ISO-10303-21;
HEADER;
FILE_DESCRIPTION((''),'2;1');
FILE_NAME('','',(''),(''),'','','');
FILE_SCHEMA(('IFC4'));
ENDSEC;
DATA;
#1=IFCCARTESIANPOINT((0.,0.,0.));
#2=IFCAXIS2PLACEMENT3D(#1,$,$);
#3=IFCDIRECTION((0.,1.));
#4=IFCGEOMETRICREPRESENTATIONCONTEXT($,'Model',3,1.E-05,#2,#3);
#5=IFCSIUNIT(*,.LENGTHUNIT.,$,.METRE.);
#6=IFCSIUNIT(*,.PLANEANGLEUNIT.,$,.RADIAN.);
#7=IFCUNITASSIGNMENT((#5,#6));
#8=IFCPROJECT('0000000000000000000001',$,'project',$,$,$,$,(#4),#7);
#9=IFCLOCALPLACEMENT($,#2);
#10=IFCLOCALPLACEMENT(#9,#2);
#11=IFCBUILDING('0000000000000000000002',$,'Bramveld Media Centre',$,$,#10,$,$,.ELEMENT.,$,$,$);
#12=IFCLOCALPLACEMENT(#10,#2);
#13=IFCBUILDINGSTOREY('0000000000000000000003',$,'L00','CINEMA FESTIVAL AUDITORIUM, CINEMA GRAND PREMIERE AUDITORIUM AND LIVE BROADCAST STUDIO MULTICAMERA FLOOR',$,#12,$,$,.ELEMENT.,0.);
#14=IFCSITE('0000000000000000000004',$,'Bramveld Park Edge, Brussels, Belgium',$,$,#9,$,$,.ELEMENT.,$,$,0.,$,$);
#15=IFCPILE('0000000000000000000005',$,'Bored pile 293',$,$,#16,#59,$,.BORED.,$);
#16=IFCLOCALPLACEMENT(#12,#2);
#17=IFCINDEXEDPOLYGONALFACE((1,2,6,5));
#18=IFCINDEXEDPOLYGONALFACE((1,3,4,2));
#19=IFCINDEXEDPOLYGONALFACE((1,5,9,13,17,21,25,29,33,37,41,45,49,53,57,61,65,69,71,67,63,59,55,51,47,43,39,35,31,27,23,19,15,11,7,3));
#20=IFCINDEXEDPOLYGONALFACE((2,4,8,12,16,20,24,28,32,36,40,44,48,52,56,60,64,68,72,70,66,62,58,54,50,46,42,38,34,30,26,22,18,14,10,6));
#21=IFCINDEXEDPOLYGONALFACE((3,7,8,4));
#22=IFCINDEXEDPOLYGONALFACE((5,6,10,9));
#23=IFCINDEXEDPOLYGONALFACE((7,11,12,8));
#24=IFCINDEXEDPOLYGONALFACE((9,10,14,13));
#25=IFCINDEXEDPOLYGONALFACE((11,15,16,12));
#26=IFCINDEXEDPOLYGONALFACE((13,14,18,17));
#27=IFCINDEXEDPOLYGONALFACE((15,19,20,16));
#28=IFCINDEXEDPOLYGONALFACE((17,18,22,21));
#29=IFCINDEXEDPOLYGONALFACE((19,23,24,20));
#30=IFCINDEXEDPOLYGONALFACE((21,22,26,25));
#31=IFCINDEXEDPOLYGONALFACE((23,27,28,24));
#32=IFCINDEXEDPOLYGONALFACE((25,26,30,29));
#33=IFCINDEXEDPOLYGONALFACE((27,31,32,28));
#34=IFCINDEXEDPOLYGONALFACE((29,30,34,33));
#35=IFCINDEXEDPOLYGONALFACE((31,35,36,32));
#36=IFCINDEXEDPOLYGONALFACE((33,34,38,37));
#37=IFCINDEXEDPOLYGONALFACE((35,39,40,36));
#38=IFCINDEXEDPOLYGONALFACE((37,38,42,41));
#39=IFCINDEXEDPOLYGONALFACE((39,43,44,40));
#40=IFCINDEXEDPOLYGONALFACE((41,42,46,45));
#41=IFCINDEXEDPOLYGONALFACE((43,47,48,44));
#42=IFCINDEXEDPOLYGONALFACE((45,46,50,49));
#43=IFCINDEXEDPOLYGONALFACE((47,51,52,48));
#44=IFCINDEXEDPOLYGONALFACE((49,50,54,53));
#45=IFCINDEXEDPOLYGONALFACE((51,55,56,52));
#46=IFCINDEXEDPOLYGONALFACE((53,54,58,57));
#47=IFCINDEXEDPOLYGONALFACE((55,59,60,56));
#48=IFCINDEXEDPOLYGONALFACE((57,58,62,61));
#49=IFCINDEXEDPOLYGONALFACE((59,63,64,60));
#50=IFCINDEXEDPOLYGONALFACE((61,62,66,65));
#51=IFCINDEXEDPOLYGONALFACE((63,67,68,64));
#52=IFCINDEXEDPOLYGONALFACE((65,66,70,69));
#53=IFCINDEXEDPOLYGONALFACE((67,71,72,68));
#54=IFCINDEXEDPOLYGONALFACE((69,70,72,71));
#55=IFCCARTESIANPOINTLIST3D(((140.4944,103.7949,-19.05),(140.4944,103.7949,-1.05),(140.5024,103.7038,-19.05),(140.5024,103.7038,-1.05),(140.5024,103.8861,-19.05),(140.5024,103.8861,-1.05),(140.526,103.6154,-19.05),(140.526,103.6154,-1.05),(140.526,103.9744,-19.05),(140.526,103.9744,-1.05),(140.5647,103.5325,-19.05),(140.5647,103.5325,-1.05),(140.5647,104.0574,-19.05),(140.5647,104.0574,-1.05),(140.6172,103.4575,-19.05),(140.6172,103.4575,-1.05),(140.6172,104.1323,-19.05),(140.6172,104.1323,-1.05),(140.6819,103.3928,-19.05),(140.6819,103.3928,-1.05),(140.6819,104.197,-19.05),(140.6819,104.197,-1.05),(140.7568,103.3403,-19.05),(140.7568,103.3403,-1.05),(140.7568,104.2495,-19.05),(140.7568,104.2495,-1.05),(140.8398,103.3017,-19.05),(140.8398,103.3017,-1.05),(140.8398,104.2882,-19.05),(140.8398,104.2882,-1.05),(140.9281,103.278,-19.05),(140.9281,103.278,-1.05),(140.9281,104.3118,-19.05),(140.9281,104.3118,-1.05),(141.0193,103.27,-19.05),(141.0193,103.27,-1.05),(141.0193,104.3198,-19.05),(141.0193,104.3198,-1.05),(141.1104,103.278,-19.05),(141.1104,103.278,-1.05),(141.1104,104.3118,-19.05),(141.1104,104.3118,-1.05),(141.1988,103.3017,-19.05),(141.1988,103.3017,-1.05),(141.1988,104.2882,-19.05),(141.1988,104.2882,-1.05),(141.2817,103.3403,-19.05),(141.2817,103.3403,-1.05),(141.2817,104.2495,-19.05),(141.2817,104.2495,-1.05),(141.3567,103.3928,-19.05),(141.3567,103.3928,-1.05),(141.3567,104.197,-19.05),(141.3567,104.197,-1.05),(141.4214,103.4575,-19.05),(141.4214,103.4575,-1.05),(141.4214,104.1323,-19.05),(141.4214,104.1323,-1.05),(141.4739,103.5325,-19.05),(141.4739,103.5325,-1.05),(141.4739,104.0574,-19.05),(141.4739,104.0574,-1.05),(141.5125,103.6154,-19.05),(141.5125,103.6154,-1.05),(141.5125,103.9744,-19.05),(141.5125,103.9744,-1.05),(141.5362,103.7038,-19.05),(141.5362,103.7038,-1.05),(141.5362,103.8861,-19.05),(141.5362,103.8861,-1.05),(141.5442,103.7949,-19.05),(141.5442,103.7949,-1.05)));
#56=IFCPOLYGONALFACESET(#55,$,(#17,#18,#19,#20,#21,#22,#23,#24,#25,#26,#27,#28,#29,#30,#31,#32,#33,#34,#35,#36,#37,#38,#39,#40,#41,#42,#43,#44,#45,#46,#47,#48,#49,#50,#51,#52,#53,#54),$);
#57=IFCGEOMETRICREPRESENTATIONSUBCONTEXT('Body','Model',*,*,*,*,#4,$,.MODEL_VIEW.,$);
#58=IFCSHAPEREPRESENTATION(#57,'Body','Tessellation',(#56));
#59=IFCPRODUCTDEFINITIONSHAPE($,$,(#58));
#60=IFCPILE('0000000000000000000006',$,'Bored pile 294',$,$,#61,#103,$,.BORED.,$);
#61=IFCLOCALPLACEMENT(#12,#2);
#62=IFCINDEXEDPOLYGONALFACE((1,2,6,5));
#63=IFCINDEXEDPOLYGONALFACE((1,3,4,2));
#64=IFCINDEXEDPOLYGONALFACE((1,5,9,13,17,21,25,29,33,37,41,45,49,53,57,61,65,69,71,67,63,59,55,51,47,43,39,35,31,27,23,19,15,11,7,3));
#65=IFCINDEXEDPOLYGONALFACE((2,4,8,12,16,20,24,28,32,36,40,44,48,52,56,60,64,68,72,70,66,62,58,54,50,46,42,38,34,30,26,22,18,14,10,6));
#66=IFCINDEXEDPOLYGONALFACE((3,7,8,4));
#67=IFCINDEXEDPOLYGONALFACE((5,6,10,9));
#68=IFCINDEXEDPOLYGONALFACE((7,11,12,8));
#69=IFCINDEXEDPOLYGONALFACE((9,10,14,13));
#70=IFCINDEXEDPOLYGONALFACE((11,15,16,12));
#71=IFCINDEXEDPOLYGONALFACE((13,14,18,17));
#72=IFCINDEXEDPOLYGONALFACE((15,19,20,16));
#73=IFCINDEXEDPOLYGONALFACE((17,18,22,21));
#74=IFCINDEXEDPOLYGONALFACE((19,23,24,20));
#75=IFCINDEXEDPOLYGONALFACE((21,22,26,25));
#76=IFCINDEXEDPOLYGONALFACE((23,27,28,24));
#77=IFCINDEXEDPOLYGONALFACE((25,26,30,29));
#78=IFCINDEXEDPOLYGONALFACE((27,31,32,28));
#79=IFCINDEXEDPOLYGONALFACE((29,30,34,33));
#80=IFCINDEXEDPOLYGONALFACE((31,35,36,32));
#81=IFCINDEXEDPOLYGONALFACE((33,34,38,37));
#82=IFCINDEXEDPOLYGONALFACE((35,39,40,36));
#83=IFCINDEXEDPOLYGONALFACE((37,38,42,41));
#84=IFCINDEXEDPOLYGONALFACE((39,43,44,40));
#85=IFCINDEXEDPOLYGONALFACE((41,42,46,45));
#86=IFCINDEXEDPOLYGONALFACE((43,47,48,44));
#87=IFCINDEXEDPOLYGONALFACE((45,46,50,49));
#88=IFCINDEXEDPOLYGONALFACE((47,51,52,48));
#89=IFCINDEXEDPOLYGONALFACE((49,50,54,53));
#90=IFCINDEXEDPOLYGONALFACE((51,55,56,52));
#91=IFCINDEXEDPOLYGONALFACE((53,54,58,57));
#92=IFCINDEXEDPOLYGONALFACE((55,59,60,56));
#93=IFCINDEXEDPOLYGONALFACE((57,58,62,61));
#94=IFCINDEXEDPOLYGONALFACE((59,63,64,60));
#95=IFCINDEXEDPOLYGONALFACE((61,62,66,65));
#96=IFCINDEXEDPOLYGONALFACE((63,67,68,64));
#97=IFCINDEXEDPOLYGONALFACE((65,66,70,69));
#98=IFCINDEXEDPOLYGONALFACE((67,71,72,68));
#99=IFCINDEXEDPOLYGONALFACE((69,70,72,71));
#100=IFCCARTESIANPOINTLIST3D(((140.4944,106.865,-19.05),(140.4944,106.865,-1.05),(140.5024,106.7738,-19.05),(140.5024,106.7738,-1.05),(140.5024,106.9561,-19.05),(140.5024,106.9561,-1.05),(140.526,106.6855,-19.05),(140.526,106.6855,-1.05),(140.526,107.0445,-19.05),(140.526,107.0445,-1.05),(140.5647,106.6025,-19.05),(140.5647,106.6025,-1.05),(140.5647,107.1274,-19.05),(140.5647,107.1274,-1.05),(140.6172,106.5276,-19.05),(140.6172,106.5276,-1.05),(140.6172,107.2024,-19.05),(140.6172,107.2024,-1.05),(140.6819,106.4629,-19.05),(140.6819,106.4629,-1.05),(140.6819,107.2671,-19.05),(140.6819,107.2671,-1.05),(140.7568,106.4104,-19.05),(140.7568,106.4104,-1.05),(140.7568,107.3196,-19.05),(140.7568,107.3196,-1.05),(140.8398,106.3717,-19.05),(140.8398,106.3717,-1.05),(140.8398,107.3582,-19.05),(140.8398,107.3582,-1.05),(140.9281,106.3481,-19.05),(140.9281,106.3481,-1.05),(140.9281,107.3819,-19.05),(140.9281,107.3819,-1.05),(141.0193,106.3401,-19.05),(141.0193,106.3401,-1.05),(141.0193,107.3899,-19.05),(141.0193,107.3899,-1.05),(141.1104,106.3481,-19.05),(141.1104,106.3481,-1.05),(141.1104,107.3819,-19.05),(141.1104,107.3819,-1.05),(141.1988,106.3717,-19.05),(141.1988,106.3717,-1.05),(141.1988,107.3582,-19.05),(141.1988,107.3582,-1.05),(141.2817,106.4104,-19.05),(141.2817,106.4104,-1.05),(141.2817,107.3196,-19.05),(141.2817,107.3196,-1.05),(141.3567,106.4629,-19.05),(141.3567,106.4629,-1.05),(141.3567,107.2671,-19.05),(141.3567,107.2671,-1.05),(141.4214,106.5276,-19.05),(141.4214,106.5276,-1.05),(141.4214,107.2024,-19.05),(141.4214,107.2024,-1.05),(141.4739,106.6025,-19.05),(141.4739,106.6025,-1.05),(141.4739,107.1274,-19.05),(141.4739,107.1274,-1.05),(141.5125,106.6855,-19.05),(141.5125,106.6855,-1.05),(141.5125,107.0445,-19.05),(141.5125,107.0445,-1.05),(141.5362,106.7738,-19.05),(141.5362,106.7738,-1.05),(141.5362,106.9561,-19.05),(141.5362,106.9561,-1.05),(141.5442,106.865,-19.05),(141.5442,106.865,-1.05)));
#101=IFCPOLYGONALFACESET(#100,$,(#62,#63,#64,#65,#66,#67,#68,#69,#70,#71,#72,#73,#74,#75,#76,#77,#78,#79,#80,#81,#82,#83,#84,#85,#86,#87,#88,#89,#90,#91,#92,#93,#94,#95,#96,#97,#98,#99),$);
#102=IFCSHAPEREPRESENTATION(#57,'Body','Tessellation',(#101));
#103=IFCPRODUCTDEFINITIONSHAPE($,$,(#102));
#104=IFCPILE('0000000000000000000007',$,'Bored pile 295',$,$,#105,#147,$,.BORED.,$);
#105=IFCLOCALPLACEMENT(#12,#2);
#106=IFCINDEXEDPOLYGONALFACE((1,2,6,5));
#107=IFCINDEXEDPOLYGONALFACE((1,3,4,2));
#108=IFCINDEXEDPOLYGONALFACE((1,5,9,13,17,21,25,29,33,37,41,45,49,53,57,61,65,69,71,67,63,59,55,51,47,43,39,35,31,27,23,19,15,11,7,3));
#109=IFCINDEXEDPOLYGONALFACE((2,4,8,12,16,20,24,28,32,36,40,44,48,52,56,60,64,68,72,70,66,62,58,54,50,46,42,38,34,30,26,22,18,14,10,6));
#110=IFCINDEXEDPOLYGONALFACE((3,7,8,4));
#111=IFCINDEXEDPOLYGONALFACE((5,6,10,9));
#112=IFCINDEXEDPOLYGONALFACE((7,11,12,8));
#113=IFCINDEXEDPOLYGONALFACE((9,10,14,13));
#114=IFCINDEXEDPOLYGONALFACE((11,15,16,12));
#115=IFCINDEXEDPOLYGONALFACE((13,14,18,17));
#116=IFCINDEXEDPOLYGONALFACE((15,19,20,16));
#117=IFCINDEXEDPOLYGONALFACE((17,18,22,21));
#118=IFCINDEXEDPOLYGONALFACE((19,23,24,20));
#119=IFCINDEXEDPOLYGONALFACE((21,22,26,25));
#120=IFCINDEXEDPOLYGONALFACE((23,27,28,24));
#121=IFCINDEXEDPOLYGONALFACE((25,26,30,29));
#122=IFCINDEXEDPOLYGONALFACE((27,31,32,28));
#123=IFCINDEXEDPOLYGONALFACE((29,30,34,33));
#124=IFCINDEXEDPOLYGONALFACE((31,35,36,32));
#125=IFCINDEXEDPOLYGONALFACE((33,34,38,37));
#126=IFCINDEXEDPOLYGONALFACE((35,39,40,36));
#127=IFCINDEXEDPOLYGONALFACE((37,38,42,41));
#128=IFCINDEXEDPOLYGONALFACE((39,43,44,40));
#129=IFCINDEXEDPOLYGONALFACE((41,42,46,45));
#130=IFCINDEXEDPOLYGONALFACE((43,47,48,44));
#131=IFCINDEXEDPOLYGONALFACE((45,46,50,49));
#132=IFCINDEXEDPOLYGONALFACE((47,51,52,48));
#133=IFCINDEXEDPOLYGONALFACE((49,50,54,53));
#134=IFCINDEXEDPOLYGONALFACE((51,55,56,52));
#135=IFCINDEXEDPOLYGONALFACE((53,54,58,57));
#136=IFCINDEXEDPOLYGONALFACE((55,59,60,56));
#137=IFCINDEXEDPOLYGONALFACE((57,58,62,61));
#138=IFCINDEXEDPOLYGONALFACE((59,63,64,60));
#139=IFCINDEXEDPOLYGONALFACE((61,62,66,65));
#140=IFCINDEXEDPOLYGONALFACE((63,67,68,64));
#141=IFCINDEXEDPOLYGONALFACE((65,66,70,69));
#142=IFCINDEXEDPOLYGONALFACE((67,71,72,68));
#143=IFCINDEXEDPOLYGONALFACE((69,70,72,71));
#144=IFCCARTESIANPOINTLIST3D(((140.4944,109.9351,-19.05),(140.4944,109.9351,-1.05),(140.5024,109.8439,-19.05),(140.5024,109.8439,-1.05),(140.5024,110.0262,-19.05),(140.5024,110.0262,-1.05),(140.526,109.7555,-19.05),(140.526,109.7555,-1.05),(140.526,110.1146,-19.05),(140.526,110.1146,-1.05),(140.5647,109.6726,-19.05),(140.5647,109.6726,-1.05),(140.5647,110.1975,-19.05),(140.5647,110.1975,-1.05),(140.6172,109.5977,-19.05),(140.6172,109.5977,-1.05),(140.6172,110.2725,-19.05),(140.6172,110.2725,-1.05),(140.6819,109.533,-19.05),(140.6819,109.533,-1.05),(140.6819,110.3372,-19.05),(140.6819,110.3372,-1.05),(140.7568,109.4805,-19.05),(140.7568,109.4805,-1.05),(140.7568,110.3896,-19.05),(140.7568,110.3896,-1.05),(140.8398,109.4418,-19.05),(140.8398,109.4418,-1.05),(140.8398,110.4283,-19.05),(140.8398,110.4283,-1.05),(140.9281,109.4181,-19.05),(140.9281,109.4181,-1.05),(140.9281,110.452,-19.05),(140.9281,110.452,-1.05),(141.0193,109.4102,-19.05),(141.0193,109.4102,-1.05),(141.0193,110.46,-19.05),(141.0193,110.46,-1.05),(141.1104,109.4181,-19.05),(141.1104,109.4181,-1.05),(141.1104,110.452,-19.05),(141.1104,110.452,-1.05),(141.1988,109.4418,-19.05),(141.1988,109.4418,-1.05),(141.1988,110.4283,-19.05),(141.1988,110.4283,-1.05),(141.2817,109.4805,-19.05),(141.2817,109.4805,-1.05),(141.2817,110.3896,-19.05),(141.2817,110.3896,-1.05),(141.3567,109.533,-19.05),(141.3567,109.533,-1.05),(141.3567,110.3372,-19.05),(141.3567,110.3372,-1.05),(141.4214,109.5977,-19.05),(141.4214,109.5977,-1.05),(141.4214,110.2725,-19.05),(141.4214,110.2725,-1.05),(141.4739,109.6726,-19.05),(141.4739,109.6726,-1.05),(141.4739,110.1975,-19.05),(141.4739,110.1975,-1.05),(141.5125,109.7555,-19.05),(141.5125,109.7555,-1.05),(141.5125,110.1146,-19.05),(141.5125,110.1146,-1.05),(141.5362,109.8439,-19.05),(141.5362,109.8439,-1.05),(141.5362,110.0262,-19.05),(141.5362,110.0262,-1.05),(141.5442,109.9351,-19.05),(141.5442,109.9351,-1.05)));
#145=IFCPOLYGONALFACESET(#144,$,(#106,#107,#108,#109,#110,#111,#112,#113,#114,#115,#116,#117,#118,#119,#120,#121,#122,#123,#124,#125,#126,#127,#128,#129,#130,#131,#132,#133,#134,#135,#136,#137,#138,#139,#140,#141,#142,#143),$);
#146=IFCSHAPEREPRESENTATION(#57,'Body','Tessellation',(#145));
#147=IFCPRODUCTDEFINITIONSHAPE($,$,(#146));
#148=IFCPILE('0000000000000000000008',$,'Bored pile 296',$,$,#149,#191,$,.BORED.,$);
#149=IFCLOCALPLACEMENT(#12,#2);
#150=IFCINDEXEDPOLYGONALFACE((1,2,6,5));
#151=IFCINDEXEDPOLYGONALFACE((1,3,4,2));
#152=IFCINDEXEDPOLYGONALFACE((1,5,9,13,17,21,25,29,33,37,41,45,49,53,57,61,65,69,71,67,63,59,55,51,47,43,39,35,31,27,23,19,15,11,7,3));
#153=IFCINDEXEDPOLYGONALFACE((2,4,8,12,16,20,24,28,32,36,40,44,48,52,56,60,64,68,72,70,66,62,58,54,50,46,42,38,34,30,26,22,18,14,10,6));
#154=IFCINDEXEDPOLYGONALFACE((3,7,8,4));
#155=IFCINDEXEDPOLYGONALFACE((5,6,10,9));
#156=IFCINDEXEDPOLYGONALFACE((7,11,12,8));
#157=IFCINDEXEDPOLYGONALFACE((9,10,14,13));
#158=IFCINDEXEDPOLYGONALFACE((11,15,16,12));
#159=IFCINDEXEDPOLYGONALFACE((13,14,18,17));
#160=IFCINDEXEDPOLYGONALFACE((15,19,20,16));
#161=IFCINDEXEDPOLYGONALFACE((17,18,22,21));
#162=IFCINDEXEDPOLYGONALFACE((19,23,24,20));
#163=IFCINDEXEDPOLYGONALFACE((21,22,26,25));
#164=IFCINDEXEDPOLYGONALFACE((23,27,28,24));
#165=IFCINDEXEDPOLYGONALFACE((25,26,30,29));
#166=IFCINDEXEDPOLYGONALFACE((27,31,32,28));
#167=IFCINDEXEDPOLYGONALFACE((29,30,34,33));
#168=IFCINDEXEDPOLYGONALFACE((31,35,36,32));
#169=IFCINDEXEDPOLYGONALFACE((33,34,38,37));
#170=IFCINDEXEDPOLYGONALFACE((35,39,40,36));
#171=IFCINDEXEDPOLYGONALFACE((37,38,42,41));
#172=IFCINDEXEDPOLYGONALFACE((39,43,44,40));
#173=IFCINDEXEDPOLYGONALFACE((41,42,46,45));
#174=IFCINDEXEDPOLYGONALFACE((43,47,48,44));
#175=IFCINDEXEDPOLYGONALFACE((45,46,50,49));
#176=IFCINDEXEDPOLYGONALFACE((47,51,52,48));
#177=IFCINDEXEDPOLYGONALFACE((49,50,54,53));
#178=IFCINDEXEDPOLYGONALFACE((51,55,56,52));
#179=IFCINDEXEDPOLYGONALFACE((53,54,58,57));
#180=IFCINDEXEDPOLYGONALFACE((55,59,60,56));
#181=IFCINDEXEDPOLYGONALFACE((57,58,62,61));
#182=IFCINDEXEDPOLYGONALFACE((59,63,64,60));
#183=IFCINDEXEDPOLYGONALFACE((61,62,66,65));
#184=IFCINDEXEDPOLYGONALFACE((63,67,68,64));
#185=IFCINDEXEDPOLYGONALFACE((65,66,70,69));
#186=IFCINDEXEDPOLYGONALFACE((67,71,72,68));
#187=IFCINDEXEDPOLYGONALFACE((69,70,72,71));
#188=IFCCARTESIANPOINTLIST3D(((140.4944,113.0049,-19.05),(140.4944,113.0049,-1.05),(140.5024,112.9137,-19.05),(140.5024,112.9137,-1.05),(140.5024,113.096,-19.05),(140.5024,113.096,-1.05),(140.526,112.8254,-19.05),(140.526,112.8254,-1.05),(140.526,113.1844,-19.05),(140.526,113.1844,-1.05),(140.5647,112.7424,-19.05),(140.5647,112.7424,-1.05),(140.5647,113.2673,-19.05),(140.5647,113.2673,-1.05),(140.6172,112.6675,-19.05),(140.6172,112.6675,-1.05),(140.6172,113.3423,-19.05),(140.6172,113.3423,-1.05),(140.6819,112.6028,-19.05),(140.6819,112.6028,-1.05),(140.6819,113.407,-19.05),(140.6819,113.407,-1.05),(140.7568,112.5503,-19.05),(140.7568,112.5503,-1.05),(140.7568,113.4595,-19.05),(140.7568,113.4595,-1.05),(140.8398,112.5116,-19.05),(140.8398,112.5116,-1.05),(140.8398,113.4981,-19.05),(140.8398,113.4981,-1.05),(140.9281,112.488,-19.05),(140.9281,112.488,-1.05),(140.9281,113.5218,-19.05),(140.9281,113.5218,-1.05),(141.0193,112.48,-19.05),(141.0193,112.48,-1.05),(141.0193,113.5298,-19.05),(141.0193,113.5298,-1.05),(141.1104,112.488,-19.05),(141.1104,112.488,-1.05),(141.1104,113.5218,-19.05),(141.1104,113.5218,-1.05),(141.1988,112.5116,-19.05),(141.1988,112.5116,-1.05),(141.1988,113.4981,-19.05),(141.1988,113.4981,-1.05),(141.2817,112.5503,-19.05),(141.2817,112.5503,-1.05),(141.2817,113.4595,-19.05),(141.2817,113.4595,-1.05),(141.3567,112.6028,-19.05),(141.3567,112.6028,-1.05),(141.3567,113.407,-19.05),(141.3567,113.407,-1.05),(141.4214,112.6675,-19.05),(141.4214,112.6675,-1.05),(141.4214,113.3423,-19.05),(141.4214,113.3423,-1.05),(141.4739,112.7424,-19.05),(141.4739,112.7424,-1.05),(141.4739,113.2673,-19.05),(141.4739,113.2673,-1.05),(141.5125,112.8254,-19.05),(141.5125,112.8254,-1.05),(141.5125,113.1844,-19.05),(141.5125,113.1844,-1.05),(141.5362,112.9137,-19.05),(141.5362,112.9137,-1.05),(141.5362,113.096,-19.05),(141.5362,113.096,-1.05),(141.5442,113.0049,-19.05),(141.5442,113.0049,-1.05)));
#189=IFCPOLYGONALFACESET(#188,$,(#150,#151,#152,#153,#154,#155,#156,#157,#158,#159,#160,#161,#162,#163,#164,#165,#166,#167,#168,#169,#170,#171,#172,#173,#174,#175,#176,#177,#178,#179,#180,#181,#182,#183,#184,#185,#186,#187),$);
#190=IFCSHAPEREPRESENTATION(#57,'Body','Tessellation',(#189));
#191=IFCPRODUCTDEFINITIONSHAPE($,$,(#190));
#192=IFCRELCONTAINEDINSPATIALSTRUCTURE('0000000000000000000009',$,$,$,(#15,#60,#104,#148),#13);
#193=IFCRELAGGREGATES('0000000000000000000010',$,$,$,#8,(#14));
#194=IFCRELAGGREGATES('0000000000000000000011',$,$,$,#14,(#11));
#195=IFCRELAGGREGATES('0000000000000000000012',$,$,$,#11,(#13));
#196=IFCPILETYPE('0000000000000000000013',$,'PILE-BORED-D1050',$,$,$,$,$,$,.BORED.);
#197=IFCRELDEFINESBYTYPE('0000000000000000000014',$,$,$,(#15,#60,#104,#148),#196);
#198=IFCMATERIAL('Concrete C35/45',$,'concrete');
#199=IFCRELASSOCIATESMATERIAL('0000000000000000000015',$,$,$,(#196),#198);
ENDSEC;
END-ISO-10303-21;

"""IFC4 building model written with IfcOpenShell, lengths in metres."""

from ifc_helpers import new_model, si_unit, direction, frame, origin, origin_2d, place, context, subcontext, project, spatial, circle, extrude, material, material_profile, profile_set, type_object, element, save


model = new_model("IFC4")

# Units and contexts
model_context = context("Model", 3, precision=1e-05, world=origin(), true_north=direction((0.0, 1.0)))
body_context = subcontext(model_context, "Body", "Model", "MODEL_VIEW")
ifc_project = project(units=[si_unit("LENGTHUNIT", "METRE"), si_unit("PLANEANGLEUNIT", "RADIAN")], contexts=[model_context])

# Site, building, storey
site_placement = place(None, origin())
site = spatial("IfcSite", under=ifc_project, at=site_placement, Name="Bramveld Park Edge, Brussels, Belgium", CompositionType="ELEMENT", RefElevation=0.0)
building_placement = place(site_placement, origin())
building = spatial("IfcBuilding", under=site, at=building_placement, Name="Bramveld Media Centre", CompositionType="ELEMENT")
storey_placement = place(building_placement, origin())
storey = spatial("IfcBuildingStorey", under=building, at=storey_placement, Name="L00", Description="CINEMA FESTIVAL AUDITORIUM, CINEMA GRAND PREMIERE AUDITORIUM AND LIVE BROADCAST STUDIO MULTICAMERA FLOOR", CompositionType="ELEMENT", Elevation=0.0)

# Piles
ifc_material_1 = material(Name="Concrete C35/45", Category="concrete")
ifc_material_profile_1 = material_profile(ifc_material_1, circle(Radius=0.5249, at=origin_2d()), Name="BORED D1050")
ifc_profile_set_1 = profile_set([ifc_material_profile_1], Name="Concrete C35/45")
pile_type = type_object("IfcPileType", Name="PILE-BORED-D1050", PredefinedType="BORED", material=ifc_profile_set_1)
for number, where, z_axis, x_axis, name in (
    (1, (141.0193, 103.7949, -1.05), (0.0, 0.0, -1.0), (1.0, 0.0, 0.0), "Bored pile 293"),
    (2, (141.0193, 106.865, -1.05), (0.0, 0.0, -1.0), (1.0, 0.0, 0.0), "Bored pile 294"),
    (3, (141.0193, 109.9351, -1.05), (0.0, 0.0, -1.0), (1.0, 0.0, 0.0), "Bored pile 295"),
    (4, (141.0193, 113.0049, -1.05), (0.0, 0.0, -1.0), (1.0, 0.0, 0.0), "Bored pile 296"),
):
    element("IfcPile", number, at=place(storey_placement, frame(where, z_axis=z_axis, x_axis=x_axis)), inside=storey, type_object=pile_type, Name=name, PredefinedType="BORED", context=body_context, shape_type="SweptSolid", body=[
        extrude(circle(Radius=0.5249, at=origin_2d()), origin(), (0.0, 0.0, 1.0), 18.0),
    ])

save(model, "model.ifc")
